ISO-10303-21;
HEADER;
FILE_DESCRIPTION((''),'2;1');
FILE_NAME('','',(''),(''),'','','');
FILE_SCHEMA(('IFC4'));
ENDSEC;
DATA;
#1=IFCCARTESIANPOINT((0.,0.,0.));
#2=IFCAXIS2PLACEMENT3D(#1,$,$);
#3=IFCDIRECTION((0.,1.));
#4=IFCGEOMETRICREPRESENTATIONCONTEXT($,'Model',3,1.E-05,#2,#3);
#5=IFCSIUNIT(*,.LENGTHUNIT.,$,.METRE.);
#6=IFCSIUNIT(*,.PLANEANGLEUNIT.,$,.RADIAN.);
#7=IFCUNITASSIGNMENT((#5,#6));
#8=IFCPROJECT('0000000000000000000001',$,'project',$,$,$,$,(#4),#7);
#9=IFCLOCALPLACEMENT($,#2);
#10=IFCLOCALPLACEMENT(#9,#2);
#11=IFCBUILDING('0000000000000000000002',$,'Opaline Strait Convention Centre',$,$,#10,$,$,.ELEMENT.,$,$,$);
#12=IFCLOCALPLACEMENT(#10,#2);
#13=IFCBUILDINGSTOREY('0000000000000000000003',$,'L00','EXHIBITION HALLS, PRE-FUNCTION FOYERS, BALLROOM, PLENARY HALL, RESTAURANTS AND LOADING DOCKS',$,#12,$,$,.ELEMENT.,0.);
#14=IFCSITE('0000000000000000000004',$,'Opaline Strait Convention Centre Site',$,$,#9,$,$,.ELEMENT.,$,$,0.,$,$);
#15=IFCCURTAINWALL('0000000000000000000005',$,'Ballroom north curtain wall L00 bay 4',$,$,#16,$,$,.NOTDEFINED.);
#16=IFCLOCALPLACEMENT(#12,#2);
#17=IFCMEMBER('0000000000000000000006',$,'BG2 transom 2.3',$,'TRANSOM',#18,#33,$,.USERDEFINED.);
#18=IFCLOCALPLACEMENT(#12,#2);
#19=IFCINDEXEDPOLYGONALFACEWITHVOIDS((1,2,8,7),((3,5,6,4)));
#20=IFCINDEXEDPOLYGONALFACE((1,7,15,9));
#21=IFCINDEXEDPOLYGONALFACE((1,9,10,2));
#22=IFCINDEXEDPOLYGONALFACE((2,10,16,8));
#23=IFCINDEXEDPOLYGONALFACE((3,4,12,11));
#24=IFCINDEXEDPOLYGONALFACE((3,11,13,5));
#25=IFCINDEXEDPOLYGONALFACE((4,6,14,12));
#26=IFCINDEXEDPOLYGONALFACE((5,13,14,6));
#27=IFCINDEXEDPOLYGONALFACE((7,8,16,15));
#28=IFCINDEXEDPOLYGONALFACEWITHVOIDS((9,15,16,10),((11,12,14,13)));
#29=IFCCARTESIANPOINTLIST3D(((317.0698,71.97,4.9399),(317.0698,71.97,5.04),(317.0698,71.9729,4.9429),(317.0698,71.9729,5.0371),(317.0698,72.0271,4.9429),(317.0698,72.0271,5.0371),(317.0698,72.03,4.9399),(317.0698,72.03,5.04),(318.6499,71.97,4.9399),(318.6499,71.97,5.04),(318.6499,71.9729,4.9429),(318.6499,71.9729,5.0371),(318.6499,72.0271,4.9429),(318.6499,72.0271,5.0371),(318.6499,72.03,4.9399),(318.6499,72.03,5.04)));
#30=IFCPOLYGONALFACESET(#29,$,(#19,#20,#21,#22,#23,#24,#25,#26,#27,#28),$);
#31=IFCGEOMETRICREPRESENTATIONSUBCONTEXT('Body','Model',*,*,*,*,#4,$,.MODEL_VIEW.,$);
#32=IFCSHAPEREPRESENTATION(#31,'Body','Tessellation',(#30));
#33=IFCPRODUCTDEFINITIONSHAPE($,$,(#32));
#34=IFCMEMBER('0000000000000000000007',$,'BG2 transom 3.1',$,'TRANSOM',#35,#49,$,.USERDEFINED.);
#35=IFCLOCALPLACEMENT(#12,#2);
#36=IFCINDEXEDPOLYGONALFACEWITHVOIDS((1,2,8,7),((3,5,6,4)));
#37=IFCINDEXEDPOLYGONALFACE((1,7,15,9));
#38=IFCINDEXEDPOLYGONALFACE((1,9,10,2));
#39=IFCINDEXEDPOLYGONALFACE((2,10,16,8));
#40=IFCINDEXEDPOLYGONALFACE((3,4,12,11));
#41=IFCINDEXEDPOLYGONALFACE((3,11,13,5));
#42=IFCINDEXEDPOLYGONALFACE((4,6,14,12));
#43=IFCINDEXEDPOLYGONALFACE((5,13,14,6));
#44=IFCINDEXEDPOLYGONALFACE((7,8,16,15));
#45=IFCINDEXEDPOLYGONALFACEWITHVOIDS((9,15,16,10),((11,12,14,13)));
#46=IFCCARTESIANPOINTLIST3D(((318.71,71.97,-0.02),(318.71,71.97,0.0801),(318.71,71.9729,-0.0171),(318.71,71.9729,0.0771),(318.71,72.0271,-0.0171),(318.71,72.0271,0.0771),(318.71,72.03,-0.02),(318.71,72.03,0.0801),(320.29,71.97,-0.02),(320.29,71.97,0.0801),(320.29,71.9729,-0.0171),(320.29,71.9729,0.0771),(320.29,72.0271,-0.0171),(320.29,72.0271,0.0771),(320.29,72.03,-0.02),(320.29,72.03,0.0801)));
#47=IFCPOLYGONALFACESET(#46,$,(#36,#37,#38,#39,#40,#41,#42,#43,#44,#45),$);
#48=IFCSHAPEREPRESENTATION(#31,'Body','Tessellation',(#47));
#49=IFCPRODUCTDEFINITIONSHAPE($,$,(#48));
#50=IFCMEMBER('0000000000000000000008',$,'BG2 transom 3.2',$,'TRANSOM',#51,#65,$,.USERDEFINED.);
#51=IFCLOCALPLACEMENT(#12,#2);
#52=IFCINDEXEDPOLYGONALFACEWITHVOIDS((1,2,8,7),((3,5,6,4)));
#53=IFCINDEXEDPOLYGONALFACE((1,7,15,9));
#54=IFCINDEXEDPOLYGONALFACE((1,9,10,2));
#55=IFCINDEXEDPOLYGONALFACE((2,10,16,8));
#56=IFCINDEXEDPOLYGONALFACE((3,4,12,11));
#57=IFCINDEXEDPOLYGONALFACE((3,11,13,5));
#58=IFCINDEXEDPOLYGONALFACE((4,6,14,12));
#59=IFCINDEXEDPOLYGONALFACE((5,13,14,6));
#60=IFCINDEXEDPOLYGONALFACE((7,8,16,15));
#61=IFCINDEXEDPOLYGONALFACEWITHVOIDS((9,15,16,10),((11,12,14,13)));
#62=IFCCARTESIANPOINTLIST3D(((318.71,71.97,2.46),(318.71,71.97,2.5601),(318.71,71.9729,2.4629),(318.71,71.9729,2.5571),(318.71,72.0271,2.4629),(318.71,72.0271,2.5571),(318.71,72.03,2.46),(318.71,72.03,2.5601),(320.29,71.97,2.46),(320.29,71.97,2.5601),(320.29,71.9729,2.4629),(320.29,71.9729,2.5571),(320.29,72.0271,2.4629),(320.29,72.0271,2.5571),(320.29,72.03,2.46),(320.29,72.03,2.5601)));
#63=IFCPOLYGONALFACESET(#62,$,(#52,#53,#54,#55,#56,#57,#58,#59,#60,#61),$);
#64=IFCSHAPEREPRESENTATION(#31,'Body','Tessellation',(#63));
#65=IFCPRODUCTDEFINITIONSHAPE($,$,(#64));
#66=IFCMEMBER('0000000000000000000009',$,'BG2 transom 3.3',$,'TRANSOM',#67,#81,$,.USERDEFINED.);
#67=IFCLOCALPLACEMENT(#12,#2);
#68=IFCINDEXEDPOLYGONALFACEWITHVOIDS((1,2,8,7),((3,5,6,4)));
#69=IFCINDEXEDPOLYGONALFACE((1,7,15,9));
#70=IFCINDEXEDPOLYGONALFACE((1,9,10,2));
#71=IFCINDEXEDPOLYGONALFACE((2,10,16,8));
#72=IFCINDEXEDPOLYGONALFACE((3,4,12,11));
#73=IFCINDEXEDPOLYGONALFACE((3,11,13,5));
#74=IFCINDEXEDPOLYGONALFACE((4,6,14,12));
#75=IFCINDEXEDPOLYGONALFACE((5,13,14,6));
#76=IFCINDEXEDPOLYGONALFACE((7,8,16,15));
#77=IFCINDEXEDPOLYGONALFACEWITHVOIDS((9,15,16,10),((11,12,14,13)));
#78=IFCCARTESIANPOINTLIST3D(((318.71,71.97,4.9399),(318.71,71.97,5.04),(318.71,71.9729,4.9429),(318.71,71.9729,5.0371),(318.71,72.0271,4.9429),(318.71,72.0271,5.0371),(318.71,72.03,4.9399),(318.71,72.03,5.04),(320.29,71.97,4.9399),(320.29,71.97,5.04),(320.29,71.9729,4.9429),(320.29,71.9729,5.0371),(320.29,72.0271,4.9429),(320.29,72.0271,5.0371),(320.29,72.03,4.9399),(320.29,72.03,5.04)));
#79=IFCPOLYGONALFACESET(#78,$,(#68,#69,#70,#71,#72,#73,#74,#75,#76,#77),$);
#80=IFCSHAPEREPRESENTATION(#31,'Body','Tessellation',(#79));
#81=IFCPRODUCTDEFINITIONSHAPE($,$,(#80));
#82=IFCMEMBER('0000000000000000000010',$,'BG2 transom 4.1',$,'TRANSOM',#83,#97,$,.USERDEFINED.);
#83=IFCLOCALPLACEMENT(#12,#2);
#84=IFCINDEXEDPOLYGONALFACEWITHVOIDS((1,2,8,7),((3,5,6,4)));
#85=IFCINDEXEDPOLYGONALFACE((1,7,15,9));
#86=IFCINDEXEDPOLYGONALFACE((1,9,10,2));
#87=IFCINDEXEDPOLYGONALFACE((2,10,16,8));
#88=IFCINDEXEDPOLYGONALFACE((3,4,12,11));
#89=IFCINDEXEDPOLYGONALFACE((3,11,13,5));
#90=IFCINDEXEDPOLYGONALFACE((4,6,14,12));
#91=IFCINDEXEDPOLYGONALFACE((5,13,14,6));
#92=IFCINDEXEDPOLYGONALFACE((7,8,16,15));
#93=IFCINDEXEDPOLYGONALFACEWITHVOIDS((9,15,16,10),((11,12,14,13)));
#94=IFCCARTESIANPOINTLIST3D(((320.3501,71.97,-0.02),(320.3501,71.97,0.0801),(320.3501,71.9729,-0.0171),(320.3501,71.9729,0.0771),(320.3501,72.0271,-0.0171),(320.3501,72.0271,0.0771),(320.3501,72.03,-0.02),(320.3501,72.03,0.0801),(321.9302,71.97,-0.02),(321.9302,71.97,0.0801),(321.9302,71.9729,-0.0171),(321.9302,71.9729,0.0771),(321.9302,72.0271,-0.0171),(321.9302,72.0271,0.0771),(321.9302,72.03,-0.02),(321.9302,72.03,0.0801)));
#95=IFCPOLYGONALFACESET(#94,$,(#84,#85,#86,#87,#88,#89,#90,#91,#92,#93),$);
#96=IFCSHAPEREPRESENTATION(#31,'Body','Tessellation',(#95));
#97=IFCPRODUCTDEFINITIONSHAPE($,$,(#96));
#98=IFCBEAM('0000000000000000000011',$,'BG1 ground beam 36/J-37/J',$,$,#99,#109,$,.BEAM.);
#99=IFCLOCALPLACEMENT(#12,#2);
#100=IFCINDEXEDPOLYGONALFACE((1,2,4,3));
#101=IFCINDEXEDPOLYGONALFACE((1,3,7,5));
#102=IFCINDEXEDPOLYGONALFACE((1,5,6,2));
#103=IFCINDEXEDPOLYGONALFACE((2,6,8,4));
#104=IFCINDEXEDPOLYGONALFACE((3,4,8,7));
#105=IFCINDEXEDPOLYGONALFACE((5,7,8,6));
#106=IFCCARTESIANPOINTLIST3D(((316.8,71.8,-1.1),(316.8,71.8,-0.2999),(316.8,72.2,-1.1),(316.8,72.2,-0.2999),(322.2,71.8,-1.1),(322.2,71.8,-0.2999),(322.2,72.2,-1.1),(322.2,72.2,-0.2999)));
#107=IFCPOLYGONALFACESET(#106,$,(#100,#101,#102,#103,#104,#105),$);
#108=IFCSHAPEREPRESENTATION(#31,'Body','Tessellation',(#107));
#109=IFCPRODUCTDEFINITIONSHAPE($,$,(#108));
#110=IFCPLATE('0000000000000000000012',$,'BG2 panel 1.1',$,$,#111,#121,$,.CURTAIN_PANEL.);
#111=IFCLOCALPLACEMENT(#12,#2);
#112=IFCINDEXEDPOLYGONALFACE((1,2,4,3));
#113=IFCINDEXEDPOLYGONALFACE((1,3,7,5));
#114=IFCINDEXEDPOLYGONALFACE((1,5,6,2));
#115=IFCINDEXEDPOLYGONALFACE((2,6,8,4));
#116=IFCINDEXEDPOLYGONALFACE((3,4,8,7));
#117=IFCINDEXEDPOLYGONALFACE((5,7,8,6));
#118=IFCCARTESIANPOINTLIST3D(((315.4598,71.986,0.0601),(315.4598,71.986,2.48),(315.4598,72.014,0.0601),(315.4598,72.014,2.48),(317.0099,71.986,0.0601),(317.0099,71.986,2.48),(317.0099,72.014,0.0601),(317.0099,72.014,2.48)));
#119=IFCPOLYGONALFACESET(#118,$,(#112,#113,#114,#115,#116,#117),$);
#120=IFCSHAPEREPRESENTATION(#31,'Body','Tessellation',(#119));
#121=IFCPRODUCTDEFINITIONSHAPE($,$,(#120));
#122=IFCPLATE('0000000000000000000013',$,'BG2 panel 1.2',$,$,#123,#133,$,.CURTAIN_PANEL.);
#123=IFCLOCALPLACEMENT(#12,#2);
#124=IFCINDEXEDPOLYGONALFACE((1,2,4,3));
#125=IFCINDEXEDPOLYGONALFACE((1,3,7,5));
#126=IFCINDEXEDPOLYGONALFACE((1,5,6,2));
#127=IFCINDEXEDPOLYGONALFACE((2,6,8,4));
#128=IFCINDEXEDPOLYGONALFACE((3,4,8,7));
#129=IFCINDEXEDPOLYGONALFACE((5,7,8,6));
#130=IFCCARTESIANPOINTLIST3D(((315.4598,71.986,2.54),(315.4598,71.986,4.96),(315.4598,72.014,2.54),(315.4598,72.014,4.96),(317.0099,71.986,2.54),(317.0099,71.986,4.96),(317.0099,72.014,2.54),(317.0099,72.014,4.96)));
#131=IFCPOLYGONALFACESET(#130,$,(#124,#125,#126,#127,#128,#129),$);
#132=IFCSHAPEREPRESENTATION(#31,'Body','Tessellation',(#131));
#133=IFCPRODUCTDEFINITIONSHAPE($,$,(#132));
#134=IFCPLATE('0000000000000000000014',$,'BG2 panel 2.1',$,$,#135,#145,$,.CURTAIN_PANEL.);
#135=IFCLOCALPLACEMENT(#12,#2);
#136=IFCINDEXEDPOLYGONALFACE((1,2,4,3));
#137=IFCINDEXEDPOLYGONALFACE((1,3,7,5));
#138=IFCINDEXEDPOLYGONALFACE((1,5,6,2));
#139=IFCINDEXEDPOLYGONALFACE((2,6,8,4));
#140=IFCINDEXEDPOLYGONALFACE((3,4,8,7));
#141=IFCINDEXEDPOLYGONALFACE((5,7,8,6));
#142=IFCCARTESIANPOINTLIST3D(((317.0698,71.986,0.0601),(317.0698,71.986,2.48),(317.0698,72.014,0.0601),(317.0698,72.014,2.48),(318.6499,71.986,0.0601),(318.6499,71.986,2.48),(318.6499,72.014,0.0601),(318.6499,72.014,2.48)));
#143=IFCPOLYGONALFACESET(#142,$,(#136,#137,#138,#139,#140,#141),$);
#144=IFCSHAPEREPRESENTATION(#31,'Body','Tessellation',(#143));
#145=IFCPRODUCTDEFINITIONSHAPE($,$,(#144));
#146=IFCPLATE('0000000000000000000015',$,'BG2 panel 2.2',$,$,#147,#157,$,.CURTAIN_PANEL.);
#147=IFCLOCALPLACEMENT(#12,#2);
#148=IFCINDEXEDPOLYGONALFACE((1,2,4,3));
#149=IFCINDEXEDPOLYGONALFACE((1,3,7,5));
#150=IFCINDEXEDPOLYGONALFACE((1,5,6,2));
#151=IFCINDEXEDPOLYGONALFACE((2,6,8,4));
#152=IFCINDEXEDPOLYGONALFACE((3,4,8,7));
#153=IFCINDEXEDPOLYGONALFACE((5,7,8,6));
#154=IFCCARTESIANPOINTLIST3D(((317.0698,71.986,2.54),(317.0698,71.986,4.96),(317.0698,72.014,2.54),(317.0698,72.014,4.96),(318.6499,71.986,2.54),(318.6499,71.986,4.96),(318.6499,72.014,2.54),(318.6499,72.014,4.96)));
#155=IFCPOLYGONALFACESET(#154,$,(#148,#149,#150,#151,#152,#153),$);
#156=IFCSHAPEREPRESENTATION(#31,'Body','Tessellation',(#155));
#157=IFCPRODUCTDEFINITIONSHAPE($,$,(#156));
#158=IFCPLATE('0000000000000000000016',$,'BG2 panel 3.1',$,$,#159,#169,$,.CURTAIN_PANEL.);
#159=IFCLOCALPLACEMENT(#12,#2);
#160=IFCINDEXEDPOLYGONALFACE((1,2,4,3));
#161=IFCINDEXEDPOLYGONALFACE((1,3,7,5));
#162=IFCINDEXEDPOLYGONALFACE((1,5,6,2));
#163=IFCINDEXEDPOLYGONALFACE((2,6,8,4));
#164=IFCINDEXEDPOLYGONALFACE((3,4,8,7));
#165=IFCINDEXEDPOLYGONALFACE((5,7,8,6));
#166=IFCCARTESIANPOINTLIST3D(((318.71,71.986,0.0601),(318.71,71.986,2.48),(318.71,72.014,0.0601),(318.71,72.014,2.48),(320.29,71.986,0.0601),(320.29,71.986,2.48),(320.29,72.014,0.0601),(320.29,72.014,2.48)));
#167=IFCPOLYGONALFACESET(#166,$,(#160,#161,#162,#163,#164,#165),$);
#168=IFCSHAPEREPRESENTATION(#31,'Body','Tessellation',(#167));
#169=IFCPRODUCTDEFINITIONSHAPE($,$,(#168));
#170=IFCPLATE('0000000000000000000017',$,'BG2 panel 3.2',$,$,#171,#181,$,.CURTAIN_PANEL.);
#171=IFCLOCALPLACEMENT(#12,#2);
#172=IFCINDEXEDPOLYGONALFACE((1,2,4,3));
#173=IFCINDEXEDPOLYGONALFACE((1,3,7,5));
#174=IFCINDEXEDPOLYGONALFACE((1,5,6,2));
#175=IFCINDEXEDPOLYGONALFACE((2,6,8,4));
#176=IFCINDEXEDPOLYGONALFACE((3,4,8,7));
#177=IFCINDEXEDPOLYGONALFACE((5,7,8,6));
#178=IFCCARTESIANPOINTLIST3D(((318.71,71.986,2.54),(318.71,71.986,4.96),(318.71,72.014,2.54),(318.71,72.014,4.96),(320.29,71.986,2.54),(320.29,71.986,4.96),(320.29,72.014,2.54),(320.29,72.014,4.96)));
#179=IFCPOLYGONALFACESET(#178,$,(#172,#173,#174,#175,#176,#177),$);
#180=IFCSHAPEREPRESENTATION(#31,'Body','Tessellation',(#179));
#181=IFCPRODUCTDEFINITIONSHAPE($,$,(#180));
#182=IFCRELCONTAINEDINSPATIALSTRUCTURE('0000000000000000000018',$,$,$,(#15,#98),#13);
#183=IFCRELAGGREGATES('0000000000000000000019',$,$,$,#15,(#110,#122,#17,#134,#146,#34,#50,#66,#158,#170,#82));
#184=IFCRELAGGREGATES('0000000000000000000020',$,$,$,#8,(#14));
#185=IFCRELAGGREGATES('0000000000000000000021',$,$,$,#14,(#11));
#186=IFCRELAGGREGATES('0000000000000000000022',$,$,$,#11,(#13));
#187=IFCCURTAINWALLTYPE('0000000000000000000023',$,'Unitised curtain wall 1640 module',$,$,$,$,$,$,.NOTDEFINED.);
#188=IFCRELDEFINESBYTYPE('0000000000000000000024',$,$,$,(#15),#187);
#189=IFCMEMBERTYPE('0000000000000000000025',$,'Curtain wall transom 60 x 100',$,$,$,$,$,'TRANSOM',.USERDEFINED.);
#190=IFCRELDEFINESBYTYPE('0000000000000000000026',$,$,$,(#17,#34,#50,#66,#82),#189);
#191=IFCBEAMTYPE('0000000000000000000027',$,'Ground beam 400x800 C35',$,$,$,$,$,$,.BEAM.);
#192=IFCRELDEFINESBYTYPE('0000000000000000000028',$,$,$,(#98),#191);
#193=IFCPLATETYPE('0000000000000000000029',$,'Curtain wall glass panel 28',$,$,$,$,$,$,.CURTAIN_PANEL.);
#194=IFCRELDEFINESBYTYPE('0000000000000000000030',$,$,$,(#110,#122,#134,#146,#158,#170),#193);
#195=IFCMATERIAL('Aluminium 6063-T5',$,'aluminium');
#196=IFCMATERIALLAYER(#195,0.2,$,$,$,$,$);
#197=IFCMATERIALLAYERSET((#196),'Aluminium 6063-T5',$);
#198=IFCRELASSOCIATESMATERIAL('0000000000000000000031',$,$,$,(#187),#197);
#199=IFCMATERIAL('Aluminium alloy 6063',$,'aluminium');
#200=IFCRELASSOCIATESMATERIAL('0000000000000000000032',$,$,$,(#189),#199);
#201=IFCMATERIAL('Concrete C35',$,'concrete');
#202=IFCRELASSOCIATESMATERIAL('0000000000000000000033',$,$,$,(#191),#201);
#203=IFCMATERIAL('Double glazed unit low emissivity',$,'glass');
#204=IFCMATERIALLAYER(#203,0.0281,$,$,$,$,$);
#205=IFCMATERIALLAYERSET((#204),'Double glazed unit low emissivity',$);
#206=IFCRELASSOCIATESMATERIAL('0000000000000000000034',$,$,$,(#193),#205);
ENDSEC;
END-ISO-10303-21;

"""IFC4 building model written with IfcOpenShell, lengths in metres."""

from ifc_helpers import new_model, si_unit, direction, frame, origin, origin_2d, place, context, subcontext, project, spatial, rectangle, hollow_rectangle, extrude, material, layer, layer_set, material_profile, profile_set, type_object, element, aggregate, save


model = new_model("IFC4")

# Units and contexts
model_context = context("Model", 3, precision=1e-05, world=origin(), true_north=direction((0.0, 1.0)))
body_context = subcontext(model_context, "Body", "Model", "MODEL_VIEW")
ifc_project = project(units=[si_unit("LENGTHUNIT", "METRE"), si_unit("PLANEANGLEUNIT", "RADIAN")], contexts=[model_context])

# Site, building, storey
site_placement = place(None, origin())
site = spatial("IfcSite", under=ifc_project, at=site_placement, Name="Opaline Strait Convention Centre Site", CompositionType="ELEMENT", RefElevation=0.0)
building_placement = place(site_placement, origin())
building = spatial("IfcBuilding", under=site, at=building_placement, Name="Opaline Strait Convention Centre", CompositionType="ELEMENT")
storey_placement = place(building_placement, origin())
storey = spatial("IfcBuildingStorey", under=building, at=storey_placement, Name="L00", Description="EXHIBITION HALLS, PRE-FUNCTION FOYERS, BALLROOM, PLENARY HALL, RESTAURANTS AND LOADING DOCKS", CompositionType="ELEMENT", Elevation=0.0)

# Shared definitions
ifc_material_1 = material(Name="Aluminium 6063-T5", Category="aluminium")
ifc_layer_1 = layer(ifc_material_1, 0.2)
ifc_layer_set_1 = layer_set([ifc_layer_1], Name="Aluminium 6063-T5")
curtain_wall_type = type_object("IfcCurtainWallType", Name="Unitised curtain wall 1640 module", PredefinedType="NOTDEFINED", material=ifc_layer_set_1)
ifc_material_2 = material(Name="Aluminium alloy 6063", Category="aluminium")

# Curtain wall, members
curtain_wall_1_placement = place(storey_placement, origin())
curtain_wall_1 = element("IfcCurtainWall", 1, at=curtain_wall_1_placement, inside=storey, type_object=curtain_wall_type, Name="Ballroom north curtain wall L00 bay 4", PredefinedType="NOTDEFINED")
ifc_material_profile_1 = material_profile(ifc_material_2, hollow_rectangle(XDim=0.0601, YDim=0.1001, WallThickness=0.0029, at=origin_2d()), Name="TRANSOM 60x100x3")
ifc_profile_set_1 = profile_set([ifc_material_profile_1], Name="Aluminium alloy 6063")
member_type_1 = type_object("IfcMemberType", Name="Curtain wall transom 60 x 100", ElementType="TRANSOM", PredefinedType="USERDEFINED", material=ifc_profile_set_1)
member_1_placement = place(storey_placement, frame((317.0698, 72.0, 4.99), z_axis=(1.0, 0.0, 0.0), x_axis=(0.0, 1.0, 0.0)))
member_1 = element("IfcMember", 2, at=member_1_placement, type_object=member_type_1, Name="BG2 transom 2.3", ObjectType="TRANSOM", PredefinedType="USERDEFINED", context=body_context, shape_type="SweptSolid", body=[
    extrude(hollow_rectangle(XDim=0.0601, YDim=0.1001, WallThickness=0.0029, at=origin_2d()), origin(), (0.0, 0.0, 1.0), 1.5801),
])
member_2_placement = place(storey_placement, frame((318.71, 72.0, 0.03), z_axis=(1.0, 0.0, 0.0), x_axis=(0.0, 1.0, 0.0)))
member_2 = element("IfcMember", 3, at=member_2_placement, type_object=member_type_1, Name="BG2 transom 3.1", ObjectType="TRANSOM", PredefinedType="USERDEFINED", context=body_context, shape_type="SweptSolid", body=[
    extrude(hollow_rectangle(XDim=0.0601, YDim=0.1001, WallThickness=0.0029, at=origin_2d()), origin(), (0.0, 0.0, 1.0), 1.5801),
])
member_3_placement = place(storey_placement, frame((318.71, 72.0, 2.51), z_axis=(1.0, 0.0, 0.0), x_axis=(0.0, 1.0, 0.0)))
member_3 = element("IfcMember", 4, at=member_3_placement, type_object=member_type_1, Name="BG2 transom 3.2", ObjectType="TRANSOM", PredefinedType="USERDEFINED", context=body_context, shape_type="SweptSolid", body=[
    extrude(hollow_rectangle(XDim=0.0601, YDim=0.1001, WallThickness=0.0029, at=origin_2d()), origin(), (0.0, 0.0, 1.0), 1.5801),
])
member_4_placement = place(storey_placement, frame((318.71, 72.0, 4.99), z_axis=(1.0, 0.0, 0.0), x_axis=(0.0, 1.0, 0.0)))
member_4 = element("IfcMember", 5, at=member_4_placement, type_object=member_type_1, Name="BG2 transom 3.3", ObjectType="TRANSOM", PredefinedType="USERDEFINED", context=body_context, shape_type="SweptSolid", body=[
    extrude(hollow_rectangle(XDim=0.0601, YDim=0.1001, WallThickness=0.0029, at=origin_2d()), origin(), (0.0, 0.0, 1.0), 1.5801),
])
member_5_placement = place(storey_placement, frame((320.3501, 72.0, 0.03), z_axis=(1.0, 0.0, 0.0), x_axis=(0.0, 1.0, 0.0)))
member_5 = element("IfcMember", 6, at=member_5_placement, type_object=member_type_1, Name="BG2 transom 4.1", ObjectType="TRANSOM", PredefinedType="USERDEFINED", context=body_context, shape_type="SweptSolid", body=[
    extrude(hollow_rectangle(XDim=0.0601, YDim=0.1001, WallThickness=0.0029, at=origin_2d()), origin(), (0.0, 0.0, 1.0), 1.5801),
])

# Beam
ifc_material_3 = material(Name="Concrete C35", Category="concrete")
ifc_material_profile_2 = material_profile(ifc_material_3, rectangle(XDim=0.3999, YDim=0.8, at=origin_2d()), Name="RC 400x800")
ifc_profile_set_2 = profile_set([ifc_material_profile_2], Name="Concrete C35")
beam_type = type_object("IfcBeamType", Name="Ground beam 400x800 C35", PredefinedType="BEAM", material=ifc_profile_set_2)
beam_placement = place(storey_placement, frame((316.8, 72.0, -0.7), z_axis=(1.0, 0.0, 0.0), x_axis=(0.0, 1.0, 0.0)))
element("IfcBeam", 7, at=beam_placement, inside=storey, type_object=beam_type, Name="BG1 ground beam 36/J-37/J", PredefinedType="BEAM", context=body_context, shape_type="SweptSolid", body=[
    extrude(rectangle(XDim=0.3999, YDim=0.8, at=origin_2d()), origin(), (0.0, 0.0, 1.0), 5.3999),
])

# Plates
ifc_material_4 = material(Name="Double glazed unit low emissivity", Category="glass")
ifc_layer_2 = layer(ifc_material_4, 0.0281)
ifc_layer_set_2 = layer_set([ifc_layer_2], Name="Double glazed unit low emissivity")
plate_type = type_object("IfcPlateType", Name="Curtain wall glass panel 28", PredefinedType="CURTAIN_PANEL", material=ifc_layer_set_2)
plate_1_placement = place(storey_placement, frame((316.2349, 72.0, 0.0601), z_axis=(0.0, 0.0, 1.0), x_axis=(1.0, 0.0, 0.0)))
plate_1 = element("IfcPlate", 8, at=plate_1_placement, type_object=plate_type, Name="BG2 panel 1.1", PredefinedType="CURTAIN_PANEL", context=body_context, shape_type="SweptSolid", body=[
    extrude(rectangle(XDim=1.55, YDim=0.0281, at=origin_2d()), origin(), (0.0, 0.0, 1.0), 2.4199),
])
plate_2_placement = place(storey_placement, frame((316.2349, 72.0, 2.54), z_axis=(0.0, 0.0, 1.0), x_axis=(1.0, 0.0, 0.0)))
plate_2 = element("IfcPlate", 9, at=plate_2_placement, type_object=plate_type, Name="BG2 panel 1.2", PredefinedType="CURTAIN_PANEL", context=body_context, shape_type="SweptSolid", body=[
    extrude(rectangle(XDim=1.55, YDim=0.0281, at=origin_2d()), origin(), (0.0, 0.0, 1.0), 2.4199),
])
plate_3_placement = place(storey_placement, frame((317.8599, 72.0, 0.0601), z_axis=(0.0, 0.0, 1.0), x_axis=(1.0, 0.0, 0.0)))
plate_3 = element("IfcPlate", 10, at=plate_3_placement, type_object=plate_type, Name="BG2 panel 2.1", PredefinedType="CURTAIN_PANEL", context=body_context, shape_type="SweptSolid", body=[
    extrude(rectangle(XDim=1.5801, YDim=0.0281, at=origin_2d()), origin(), (0.0, 0.0, 1.0), 2.4199),
])
plate_4_placement = place(storey_placement, frame((317.8599, 72.0, 2.54), z_axis=(0.0, 0.0, 1.0), x_axis=(1.0, 0.0, 0.0)))
plate_4 = element("IfcPlate", 11, at=plate_4_placement, type_object=plate_type, Name="BG2 panel 2.2", PredefinedType="CURTAIN_PANEL", context=body_context, shape_type="SweptSolid", body=[
    extrude(rectangle(XDim=1.5801, YDim=0.0281, at=origin_2d()), origin(), (0.0, 0.0, 1.0), 2.4199),
])
plate_5_placement = place(storey_placement, frame((319.5, 72.0, 0.0601), z_axis=(0.0, 0.0, 1.0), x_axis=(1.0, 0.0, 0.0)))
plate_5 = element("IfcPlate", 12, at=plate_5_placement, type_object=plate_type, Name="BG2 panel 3.1", PredefinedType="CURTAIN_PANEL", context=body_context, shape_type="SweptSolid", body=[
    extrude(rectangle(XDim=1.5801, YDim=0.0281, at=origin_2d()), origin(), (0.0, 0.0, 1.0), 2.4199),
])
plate_6_placement = place(storey_placement, frame((319.5, 72.0, 2.54), z_axis=(0.0, 0.0, 1.0), x_axis=(1.0, 0.0, 0.0)))
plate_6 = element("IfcPlate", 13, at=plate_6_placement, type_object=plate_type, Name="BG2 panel 3.2", PredefinedType="CURTAIN_PANEL", context=body_context, shape_type="SweptSolid", body=[
    extrude(rectangle(XDim=1.5801, YDim=0.0281, at=origin_2d()), origin(), (0.0, 0.0, 1.0), 2.4199),
])
aggregate(curtain_wall_1, [plate_1, plate_2, member_1, plate_3, plate_4, member_2, member_3, member_4, plate_5, plate_6, member_5])

save(model, "model.ifc")
